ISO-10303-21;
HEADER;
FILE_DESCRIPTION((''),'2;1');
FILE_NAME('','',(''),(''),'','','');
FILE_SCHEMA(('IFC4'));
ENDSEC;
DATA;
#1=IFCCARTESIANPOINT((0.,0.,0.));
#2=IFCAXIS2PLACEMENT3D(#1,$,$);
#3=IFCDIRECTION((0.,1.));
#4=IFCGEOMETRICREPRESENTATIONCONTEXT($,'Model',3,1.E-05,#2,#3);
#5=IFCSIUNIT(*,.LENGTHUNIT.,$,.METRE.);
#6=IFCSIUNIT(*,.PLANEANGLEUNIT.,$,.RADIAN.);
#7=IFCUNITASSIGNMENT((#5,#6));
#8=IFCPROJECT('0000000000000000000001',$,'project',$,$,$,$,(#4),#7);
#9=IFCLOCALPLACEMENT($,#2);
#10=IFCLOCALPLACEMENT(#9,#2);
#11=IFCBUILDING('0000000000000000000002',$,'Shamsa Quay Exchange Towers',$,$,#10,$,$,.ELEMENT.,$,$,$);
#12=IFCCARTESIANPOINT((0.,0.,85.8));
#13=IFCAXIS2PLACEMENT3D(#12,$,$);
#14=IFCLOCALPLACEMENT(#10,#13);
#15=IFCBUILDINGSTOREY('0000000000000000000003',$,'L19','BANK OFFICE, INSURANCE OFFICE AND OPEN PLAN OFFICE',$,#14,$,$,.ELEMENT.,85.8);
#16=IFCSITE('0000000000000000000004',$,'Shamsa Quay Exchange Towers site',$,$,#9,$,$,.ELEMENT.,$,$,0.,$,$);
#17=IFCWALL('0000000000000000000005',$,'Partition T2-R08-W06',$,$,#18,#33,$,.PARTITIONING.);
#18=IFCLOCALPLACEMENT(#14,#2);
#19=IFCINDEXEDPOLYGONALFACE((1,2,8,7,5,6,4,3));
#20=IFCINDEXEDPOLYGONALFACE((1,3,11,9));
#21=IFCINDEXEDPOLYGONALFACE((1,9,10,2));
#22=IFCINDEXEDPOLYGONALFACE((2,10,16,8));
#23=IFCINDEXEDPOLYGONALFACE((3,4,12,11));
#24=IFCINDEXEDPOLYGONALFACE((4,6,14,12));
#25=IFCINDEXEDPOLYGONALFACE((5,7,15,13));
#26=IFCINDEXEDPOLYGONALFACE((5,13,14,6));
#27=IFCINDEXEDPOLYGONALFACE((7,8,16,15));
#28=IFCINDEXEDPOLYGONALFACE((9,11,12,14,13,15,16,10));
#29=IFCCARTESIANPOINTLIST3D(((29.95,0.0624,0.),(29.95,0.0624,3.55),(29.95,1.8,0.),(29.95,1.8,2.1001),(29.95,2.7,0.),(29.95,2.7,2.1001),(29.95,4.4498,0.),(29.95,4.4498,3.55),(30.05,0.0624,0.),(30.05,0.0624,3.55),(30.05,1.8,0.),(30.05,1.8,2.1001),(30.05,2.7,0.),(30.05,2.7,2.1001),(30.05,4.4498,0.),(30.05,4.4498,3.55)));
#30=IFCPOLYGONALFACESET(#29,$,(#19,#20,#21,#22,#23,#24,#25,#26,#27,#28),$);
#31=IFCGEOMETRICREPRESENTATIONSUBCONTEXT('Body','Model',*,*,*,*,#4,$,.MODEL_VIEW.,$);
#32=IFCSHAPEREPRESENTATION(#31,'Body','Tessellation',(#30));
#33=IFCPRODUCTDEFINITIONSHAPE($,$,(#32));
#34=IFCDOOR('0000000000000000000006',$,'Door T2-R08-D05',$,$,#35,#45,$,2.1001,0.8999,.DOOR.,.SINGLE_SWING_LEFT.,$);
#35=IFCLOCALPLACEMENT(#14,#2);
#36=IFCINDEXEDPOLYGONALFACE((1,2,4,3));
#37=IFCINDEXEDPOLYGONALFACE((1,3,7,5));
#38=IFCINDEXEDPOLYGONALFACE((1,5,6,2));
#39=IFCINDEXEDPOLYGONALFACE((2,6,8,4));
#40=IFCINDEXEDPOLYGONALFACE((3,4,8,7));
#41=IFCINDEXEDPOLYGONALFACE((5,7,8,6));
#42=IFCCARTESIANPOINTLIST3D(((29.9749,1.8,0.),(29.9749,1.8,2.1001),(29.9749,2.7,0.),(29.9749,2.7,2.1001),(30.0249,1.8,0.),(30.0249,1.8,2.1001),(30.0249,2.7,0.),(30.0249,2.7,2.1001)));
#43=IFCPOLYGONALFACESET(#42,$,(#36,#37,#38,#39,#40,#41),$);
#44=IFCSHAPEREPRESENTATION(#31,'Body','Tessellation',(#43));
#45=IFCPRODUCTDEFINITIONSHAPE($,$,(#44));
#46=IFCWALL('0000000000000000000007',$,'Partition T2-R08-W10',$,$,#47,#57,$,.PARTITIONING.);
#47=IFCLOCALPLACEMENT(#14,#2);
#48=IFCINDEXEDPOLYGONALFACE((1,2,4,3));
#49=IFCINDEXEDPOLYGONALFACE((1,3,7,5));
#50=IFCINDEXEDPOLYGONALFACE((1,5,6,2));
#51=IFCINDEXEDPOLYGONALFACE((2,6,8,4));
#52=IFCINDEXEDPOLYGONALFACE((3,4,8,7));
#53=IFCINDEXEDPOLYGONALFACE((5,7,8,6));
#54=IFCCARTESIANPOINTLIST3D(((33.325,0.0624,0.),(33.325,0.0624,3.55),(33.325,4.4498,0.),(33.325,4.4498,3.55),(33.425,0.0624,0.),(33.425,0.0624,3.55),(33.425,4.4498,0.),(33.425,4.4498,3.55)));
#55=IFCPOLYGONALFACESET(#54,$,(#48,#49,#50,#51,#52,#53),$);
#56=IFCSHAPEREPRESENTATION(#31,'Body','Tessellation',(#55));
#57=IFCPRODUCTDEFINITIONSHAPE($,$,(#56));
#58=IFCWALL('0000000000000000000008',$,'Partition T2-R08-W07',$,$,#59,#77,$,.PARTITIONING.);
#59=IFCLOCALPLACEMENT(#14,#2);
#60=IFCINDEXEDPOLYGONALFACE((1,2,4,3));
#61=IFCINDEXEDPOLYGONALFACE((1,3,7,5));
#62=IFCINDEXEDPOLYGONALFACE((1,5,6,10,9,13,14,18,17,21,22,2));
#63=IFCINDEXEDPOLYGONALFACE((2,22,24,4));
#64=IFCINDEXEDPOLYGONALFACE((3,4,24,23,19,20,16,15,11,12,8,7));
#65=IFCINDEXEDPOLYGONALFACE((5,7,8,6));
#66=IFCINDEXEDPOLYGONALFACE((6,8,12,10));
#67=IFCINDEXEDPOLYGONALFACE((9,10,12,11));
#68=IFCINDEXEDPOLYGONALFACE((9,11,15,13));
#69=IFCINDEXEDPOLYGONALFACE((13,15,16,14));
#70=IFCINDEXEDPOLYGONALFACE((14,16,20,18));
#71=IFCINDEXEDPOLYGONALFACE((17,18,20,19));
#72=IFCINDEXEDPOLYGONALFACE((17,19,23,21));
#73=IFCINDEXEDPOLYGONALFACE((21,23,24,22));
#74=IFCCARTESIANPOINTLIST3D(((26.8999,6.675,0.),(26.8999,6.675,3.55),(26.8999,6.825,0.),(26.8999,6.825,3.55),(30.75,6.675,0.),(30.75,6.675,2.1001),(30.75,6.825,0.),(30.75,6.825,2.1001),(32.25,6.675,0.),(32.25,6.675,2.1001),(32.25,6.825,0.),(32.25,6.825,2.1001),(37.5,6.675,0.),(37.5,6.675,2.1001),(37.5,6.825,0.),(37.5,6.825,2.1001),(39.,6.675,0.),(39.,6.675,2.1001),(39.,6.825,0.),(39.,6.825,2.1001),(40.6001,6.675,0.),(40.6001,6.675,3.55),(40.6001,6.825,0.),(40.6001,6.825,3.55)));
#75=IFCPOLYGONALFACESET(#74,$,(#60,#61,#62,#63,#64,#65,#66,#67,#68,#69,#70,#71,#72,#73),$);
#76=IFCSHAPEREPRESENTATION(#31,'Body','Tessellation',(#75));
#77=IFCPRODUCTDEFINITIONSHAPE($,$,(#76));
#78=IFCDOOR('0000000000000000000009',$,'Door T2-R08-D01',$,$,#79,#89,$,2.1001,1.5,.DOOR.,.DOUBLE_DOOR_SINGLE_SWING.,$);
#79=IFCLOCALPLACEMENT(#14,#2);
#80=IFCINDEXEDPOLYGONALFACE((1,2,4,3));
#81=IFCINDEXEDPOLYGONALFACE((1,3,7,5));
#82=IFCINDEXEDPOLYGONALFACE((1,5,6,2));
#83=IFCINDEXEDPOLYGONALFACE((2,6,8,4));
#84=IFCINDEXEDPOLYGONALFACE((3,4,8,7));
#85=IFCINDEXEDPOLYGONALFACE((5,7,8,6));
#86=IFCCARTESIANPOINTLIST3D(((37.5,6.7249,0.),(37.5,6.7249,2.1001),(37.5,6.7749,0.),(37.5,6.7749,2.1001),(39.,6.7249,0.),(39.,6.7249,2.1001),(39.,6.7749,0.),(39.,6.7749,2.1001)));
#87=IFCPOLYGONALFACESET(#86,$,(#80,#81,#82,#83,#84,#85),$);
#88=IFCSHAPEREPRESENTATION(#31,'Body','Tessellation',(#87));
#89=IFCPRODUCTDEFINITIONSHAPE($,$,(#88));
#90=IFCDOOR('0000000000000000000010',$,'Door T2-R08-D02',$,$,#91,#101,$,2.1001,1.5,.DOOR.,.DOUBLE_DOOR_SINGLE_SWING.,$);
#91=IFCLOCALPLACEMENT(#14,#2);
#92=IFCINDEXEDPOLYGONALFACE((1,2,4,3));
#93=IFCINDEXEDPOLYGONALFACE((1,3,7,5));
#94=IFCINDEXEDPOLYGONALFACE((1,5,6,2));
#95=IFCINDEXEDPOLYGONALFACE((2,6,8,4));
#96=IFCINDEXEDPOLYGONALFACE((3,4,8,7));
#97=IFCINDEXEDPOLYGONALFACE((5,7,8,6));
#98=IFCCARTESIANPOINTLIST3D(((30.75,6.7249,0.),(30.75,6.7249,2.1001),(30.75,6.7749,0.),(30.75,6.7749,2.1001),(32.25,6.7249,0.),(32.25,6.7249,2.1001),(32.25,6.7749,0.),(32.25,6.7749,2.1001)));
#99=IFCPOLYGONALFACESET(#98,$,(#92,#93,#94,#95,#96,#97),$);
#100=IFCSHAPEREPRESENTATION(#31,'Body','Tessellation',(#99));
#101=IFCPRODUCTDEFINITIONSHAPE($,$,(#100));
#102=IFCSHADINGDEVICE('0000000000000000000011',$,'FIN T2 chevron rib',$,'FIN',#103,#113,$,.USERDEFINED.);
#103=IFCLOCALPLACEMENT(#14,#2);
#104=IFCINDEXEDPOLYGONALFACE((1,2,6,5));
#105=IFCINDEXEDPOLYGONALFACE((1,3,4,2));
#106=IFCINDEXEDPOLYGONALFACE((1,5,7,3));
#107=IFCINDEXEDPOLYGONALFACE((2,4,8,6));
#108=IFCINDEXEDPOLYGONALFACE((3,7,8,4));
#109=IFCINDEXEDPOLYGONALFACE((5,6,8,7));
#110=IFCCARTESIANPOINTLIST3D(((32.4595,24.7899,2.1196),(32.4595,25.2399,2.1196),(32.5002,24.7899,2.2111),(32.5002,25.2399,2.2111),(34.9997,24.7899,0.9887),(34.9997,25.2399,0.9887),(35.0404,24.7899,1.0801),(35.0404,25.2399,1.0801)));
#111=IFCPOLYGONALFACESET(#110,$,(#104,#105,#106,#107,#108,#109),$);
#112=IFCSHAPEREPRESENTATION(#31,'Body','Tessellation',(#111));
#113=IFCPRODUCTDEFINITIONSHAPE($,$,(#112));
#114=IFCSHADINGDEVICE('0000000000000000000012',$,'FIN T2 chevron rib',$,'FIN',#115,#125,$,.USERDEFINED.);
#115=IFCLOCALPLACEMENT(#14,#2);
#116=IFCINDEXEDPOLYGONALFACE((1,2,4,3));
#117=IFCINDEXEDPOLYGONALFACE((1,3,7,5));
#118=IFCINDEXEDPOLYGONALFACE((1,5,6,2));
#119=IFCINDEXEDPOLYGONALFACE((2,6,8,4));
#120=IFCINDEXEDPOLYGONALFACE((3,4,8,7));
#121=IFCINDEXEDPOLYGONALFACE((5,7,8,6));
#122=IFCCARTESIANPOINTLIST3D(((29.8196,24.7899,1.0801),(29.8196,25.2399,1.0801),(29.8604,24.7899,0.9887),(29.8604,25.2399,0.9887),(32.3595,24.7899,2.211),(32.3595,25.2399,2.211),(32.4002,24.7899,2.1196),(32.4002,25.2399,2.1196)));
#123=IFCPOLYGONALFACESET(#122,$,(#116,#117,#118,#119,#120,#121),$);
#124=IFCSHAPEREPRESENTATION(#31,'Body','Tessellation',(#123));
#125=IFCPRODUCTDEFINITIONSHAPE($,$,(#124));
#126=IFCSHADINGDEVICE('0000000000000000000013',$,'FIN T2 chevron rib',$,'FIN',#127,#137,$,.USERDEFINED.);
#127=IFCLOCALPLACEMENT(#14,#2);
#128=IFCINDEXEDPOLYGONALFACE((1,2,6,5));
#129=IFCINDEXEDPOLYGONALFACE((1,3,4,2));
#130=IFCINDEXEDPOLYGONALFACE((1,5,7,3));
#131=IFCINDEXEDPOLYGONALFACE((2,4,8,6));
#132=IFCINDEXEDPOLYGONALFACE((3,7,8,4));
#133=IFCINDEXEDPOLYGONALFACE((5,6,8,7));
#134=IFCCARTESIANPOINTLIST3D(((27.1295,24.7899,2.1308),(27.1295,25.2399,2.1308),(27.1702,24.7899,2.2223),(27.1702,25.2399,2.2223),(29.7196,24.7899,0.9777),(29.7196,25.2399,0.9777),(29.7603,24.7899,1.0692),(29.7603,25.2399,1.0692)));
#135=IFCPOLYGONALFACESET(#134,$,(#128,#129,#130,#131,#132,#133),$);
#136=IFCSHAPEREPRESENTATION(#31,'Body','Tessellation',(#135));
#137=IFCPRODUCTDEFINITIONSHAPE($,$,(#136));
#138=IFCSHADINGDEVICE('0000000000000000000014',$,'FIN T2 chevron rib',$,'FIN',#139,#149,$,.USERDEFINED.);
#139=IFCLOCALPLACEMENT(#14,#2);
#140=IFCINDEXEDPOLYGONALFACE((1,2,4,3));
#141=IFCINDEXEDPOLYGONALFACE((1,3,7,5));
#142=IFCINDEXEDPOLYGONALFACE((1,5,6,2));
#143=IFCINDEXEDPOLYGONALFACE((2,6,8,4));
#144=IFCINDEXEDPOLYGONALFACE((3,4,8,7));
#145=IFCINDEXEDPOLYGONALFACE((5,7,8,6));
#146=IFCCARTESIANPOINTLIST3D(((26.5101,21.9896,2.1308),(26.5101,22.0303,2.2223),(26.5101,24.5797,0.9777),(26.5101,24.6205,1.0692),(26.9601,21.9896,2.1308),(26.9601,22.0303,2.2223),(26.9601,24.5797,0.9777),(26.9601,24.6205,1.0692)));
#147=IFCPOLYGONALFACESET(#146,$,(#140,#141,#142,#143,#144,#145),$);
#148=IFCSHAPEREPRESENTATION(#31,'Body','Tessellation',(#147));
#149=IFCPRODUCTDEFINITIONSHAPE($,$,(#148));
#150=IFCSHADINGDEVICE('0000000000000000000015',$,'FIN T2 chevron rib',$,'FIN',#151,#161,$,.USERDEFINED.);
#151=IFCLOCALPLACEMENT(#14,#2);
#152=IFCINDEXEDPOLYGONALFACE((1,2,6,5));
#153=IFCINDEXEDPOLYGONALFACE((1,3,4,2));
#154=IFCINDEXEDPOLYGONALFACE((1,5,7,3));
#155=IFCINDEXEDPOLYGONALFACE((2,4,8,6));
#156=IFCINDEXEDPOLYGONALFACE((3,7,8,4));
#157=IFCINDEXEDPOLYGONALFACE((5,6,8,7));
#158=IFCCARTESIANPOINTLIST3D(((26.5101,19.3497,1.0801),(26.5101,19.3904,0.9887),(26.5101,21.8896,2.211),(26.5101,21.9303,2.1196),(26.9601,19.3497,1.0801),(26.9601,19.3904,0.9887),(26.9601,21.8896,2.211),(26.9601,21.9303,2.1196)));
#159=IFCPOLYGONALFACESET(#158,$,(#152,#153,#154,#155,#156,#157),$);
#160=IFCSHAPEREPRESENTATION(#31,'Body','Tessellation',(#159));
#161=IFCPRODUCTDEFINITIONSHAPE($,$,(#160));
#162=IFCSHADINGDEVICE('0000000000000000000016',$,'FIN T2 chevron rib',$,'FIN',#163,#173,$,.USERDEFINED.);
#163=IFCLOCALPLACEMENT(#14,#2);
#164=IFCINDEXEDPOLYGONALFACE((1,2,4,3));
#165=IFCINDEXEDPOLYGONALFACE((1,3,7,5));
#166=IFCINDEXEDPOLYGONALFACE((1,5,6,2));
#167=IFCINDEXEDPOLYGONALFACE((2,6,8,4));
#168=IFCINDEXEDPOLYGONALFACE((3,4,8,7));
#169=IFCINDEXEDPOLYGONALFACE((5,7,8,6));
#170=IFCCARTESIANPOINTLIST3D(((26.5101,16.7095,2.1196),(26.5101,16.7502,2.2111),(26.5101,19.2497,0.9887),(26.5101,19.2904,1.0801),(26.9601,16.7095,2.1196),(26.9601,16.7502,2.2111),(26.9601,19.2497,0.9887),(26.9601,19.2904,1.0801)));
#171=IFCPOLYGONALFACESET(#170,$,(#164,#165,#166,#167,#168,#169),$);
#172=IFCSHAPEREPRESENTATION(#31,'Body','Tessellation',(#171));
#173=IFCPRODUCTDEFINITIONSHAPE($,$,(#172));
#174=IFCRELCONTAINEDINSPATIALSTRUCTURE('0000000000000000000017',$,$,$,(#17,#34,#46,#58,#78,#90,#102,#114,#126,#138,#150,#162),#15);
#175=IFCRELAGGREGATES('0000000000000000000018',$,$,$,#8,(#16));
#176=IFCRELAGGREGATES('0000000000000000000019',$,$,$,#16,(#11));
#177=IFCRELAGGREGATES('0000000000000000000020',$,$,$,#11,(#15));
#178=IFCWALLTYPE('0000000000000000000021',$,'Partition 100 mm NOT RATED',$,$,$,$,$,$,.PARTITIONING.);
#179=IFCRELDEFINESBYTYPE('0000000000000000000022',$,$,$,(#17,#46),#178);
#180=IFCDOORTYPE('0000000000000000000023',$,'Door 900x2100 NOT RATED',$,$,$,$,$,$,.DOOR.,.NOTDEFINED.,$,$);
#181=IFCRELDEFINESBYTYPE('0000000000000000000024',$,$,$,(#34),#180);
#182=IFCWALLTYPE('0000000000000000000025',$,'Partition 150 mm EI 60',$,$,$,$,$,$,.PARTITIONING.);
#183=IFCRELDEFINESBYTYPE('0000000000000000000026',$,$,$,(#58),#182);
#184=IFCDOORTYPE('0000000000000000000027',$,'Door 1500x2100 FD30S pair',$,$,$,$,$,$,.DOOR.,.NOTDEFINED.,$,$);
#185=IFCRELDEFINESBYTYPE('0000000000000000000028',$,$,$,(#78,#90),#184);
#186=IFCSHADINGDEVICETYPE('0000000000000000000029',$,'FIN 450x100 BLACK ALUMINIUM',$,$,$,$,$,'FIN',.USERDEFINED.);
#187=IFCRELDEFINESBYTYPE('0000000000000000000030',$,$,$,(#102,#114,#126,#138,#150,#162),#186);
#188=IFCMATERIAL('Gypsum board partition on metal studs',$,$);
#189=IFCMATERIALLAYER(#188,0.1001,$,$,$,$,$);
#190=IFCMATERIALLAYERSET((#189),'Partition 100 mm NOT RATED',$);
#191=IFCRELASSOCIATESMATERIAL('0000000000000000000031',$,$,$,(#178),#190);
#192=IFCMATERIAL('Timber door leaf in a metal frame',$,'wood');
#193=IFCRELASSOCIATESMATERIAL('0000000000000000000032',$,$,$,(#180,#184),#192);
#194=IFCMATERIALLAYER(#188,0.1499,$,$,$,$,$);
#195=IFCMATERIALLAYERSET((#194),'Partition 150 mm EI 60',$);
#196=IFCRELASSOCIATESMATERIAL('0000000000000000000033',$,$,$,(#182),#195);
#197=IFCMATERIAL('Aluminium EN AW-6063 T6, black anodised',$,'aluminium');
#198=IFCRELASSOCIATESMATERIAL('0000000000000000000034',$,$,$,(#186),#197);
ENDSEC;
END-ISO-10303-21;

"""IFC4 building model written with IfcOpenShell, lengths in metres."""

from ifc_helpers import new_model, si_unit, direction, frame, frame_2d, origin, origin_2d, place, context, subcontext, project, spatial, rectangle, extrude, material, layer, layer_set, material_profile, profile_set, type_object, element, fill, save


model = new_model("IFC4")

# Units and contexts
model_context = context("Model", 3, precision=1e-05, world=origin(), true_north=direction((0.0, 1.0)))
body_context = subcontext(model_context, "Body", "Model", "MODEL_VIEW")
ifc_project = project(units=[si_unit("LENGTHUNIT", "METRE"), si_unit("PLANEANGLEUNIT", "RADIAN")], contexts=[model_context])

# Site, building, storey
site_placement = place(None, origin())
site = spatial("IfcSite", under=ifc_project, at=site_placement, Name="Shamsa Quay Exchange Towers site", CompositionType="ELEMENT", RefElevation=0.0)
building_placement = place(site_placement, origin())
building = spatial("IfcBuilding", under=site, at=building_placement, Name="Shamsa Quay Exchange Towers", CompositionType="ELEMENT")
storey_placement = place(building_placement, frame((0.0, 0.0, 85.8)))
storey = spatial("IfcBuildingStorey", under=building, at=storey_placement, Name="L19", Description="BANK OFFICE, INSURANCE OFFICE AND OPEN PLAN OFFICE", CompositionType="ELEMENT", Elevation=85.8)

# Shared definitions
ifc_material_1 = material(Name="Aluminium EN AW-6063 T6, black anodised", Category="aluminium")

# Wall, opening, door
ifc_material_2 = material(Name="Gypsum board partition on metal studs")
ifc_layer_1 = layer(ifc_material_2, 0.1001)
ifc_layer_set_1 = layer_set([ifc_layer_1], Name="Partition 100 mm NOT RATED")
wall_type_1 = type_object("IfcWallType", Name="Partition 100 mm NOT RATED", PredefinedType="PARTITIONING", material=ifc_layer_set_1)
wall_1_placement = place(storey_placement, frame((30.0, 4.45, 0.0), z_axis=(0.0, 0.0, 1.0), x_axis=(0.0, -1.0, 0.0)))
wall_1 = element("IfcWall", 1, at=wall_1_placement, inside=storey, type_object=wall_type_1, Name="Partition T2-R08-W06", PredefinedType="PARTITIONING", context=body_context, shape_type="SweptSolid", body=[
    extrude(rectangle(XDim=4.3875, YDim=0.1001, at=frame_2d((2.1938, 0.0))), origin(), (0.0, 0.0, 1.0), 3.55),
])
opening_1_placement = place(wall_1_placement, frame((1.75, 0.0, 0.0)))
opening_1 = element("IfcOpeningElement", 2, at=opening_1_placement, cuts=wall_1, PredefinedType="OPENING", context=body_context, shape_type="SweptSolid", body=[
    extrude(rectangle(XDim=0.8999, YDim=2.1001, at=frame_2d((0.45, 1.05))), frame((0.0, 0.0601, 0.0), z_axis=(0.0, -1.0, 0.0), x_axis=(1.0, 0.0, 0.0)), (0.0, 0.0, 1.0), 0.1201),
])
ifc_material_3 = material(Name="Timber door leaf in a metal frame", Category="wood")
door_type_1 = type_object("IfcDoorType", Name="Door 900x2100 NOT RATED", OperationType="NOTDEFINED", PredefinedType="DOOR", material=ifc_material_3)
door_1_placement = place(opening_1_placement, origin())
door_1 = element("IfcDoor", 3, at=door_1_placement, inside=storey, type_object=door_type_1, Name="Door T2-R08-D05", OperationType="SINGLE_SWING_LEFT", OverallHeight=2.1001, OverallWidth=0.8999, PredefinedType="DOOR", context=body_context, shape_type="SweptSolid", body=[
    extrude(rectangle(XDim=0.8999, YDim=2.1001, at=frame_2d((0.45, 1.05))), frame((0.0, 0.0249, 0.0), z_axis=(0.0, -1.0, 0.0), x_axis=(1.0, 0.0, 0.0)), (0.0, 0.0, 1.0), 0.05),
])
fill(opening_1, door_1)

# Wall
wall_2_placement = place(storey_placement, frame((33.375, 4.45, 0.0), z_axis=(0.0, 0.0, 1.0), x_axis=(0.0, -1.0, 0.0)))
element("IfcWall", 4, at=wall_2_placement, inside=storey, type_object=wall_type_1, Name="Partition T2-R08-W10", PredefinedType="PARTITIONING", context=body_context, shape_type="SweptSolid", body=[
    extrude(rectangle(XDim=4.3875, YDim=0.1001, at=frame_2d((2.1938, 0.0))), origin(), (0.0, 0.0, 1.0), 3.55),
])

# Wall, openings, doors
ifc_layer_2 = layer(ifc_material_2, 0.1499)
ifc_layer_set_2 = layer_set([ifc_layer_2], Name="Partition 150 mm EI 60")
wall_type_2 = type_object("IfcWallType", Name="Partition 150 mm EI 60", PredefinedType="PARTITIONING", material=ifc_layer_set_2)
wall_3_placement = place(storey_placement, frame((26.8999, 6.75, 0.0)))
wall_3 = element("IfcWall", 5, at=wall_3_placement, inside=storey, type_object=wall_type_2, Name="Partition T2-R08-W07", PredefinedType="PARTITIONING", context=body_context, shape_type="SweptSolid", body=[
    extrude(rectangle(XDim=13.7002, YDim=0.1499, at=frame_2d((6.8501, 0.0))), origin(), (0.0, 0.0, 1.0), 3.55),
])
opening_2_placement = place(wall_3_placement, frame((10.6001, 0.0, 0.0)))
opening_2 = element("IfcOpeningElement", 6, at=opening_2_placement, cuts=wall_3, PredefinedType="OPENING", context=body_context, shape_type="SweptSolid", body=[
    extrude(rectangle(XDim=1.5, YDim=2.1001, at=frame_2d((0.75, 1.05))), frame((0.0, 0.085, 0.0), z_axis=(0.0, -1.0, 0.0), x_axis=(1.0, 0.0, 0.0)), (0.0, 0.0, 1.0), 0.1699),
])
opening_3_placement = place(wall_3_placement, frame((3.8501, 0.0, 0.0)))
opening_3 = element("IfcOpeningElement", 7, at=opening_3_placement, cuts=wall_3, PredefinedType="OPENING", context=body_context, shape_type="SweptSolid", body=[
    extrude(rectangle(XDim=1.5, YDim=2.1001, at=frame_2d((0.75, 1.05))), frame((0.0, 0.085, 0.0), z_axis=(0.0, -1.0, 0.0), x_axis=(1.0, 0.0, 0.0)), (0.0, 0.0, 1.0), 0.1699),
])
door_type_2 = type_object("IfcDoorType", Name="Door 1500x2100 FD30S pair", OperationType="NOTDEFINED", PredefinedType="DOOR", material=ifc_material_3)
door_2_placement = place(opening_2_placement, origin())
door_2 = element("IfcDoor", 8, at=door_2_placement, inside=storey, type_object=door_type_2, Name="Door T2-R08-D01", OperationType="DOUBLE_DOOR_SINGLE_SWING", OverallHeight=2.1001, OverallWidth=1.5, PredefinedType="DOOR", context=body_context, shape_type="SweptSolid", body=[
    extrude(rectangle(XDim=1.5, YDim=2.1001, at=frame_2d((0.75, 1.05))), frame((0.0, 0.0249, 0.0), z_axis=(0.0, -1.0, 0.0), x_axis=(1.0, 0.0, 0.0)), (0.0, 0.0, 1.0), 0.05),
])
fill(opening_2, door_2)
door_3_placement = place(opening_3_placement, origin())
door_3 = element("IfcDoor", 9, at=door_3_placement, inside=storey, type_object=door_type_2, Name="Door T2-R08-D02", OperationType="DOUBLE_DOOR_SINGLE_SWING", OverallHeight=2.1001, OverallWidth=1.5, PredefinedType="DOOR", context=body_context, shape_type="SweptSolid", body=[
    extrude(rectangle(XDim=1.5, YDim=2.1001, at=frame_2d((0.75, 1.05))), frame((0.0, 0.0249, 0.0), z_axis=(0.0, -1.0, 0.0), x_axis=(1.0, 0.0, 0.0)), (0.0, 0.0, 1.0), 0.05),
])
fill(opening_3, door_3)

# Shading devices
ifc_material_profile_1 = material_profile(ifc_material_1, rectangle(XDim=0.45, YDim=0.1001, at=origin_2d()), Name="FIN450x100")
ifc_profile_set_1 = profile_set([ifc_material_profile_1], Name="Aluminium EN AW-6063 T6, black anodised")
shading_device_type = type_object("IfcShadingDeviceType", Name="FIN 450x100 BLACK ALUMINIUM", ElementType="FIN", PredefinedType="USERDEFINED", material=ifc_profile_set_1)
shading_device_1_placement = place(storey_placement, frame((35.02, 25.0149, 1.0344), z_axis=(-0.913551, 0.0, 0.406725), x_axis=(0.0, -1.0, 0.0)))
element("IfcShadingDevice", 10, at=shading_device_1_placement, inside=storey, type_object=shading_device_type, Name="FIN T2 chevron rib", ObjectType="FIN", PredefinedType="USERDEFINED", context=body_context, shape_type="SweptSolid", body=[
    extrude(rectangle(XDim=0.45, YDim=0.1001, at=origin_2d()), origin(), (0.0, 0.0, 1.0), 2.7805),
])
shading_device_2_placement = place(storey_placement, frame((32.3799, 25.0149, 2.1653), z_axis=(-0.913536, 0.0, -0.406758), x_axis=(0.0, -1.0, 0.0)))
element("IfcShadingDevice", 11, at=shading_device_2_placement, inside=storey, type_object=shading_device_type, Name="FIN T2 chevron rib", ObjectType="FIN", PredefinedType="USERDEFINED", context=body_context, shape_type="SweptSolid", body=[
    extrude(rectangle(XDim=0.45, YDim=0.1001, at=origin_2d()), origin(), (0.0, 0.0, 1.0), 2.7803),
])
for number, where, z_axis, x_axis, name in (
    (12, (29.74, 25.0149, 1.0234), (-0.913559, 0.0, 0.406706), (0.0, -1.0, 0.0), "FIN T2 chevron rib"),
    (13, (26.7351, 24.6001, 1.0234), (0.0, -0.913559, 0.406706), (1.0, 0.0, 0.0), "FIN T2 chevron rib"),
):
    element("IfcShadingDevice", number, at=place(storey_placement, frame(where, z_axis=z_axis, x_axis=x_axis)), inside=storey, type_object=shading_device_type, Name=name, ObjectType="FIN", PredefinedType="USERDEFINED", context=body_context, shape_type="SweptSolid", body=[
        extrude(rectangle(XDim=0.45, YDim=0.1001, at=origin_2d()), origin(), (0.0, 0.0, 1.0), 2.8352),
    ])
shading_device_3_placement = place(storey_placement, frame((26.7351, 21.9099, 2.1653), z_axis=(0.0, -0.913536, -0.406758), x_axis=(1.0, 0.0, 0.0)))
element("IfcShadingDevice", 14, at=shading_device_3_placement, inside=storey, type_object=shading_device_type, Name="FIN T2 chevron rib", ObjectType="FIN", PredefinedType="USERDEFINED", context=body_context, shape_type="SweptSolid", body=[
    extrude(rectangle(XDim=0.45, YDim=0.1001, at=origin_2d()), origin(), (0.0, 0.0, 1.0), 2.7803),
])
shading_device_4_placement = place(storey_placement, frame((26.7351, 19.27, 1.0344), z_axis=(0.0, -0.913551, 0.406725), x_axis=(1.0, 0.0, 0.0)))
element("IfcShadingDevice", 15, at=shading_device_4_placement, inside=storey, type_object=shading_device_type, Name="FIN T2 chevron rib", ObjectType="FIN", PredefinedType="USERDEFINED", context=body_context, shape_type="SweptSolid", body=[
    extrude(rectangle(XDim=0.45, YDim=0.1001, at=origin_2d()), origin(), (0.0, 0.0, 1.0), 2.7805),
])

save(model, "model.ifc")
